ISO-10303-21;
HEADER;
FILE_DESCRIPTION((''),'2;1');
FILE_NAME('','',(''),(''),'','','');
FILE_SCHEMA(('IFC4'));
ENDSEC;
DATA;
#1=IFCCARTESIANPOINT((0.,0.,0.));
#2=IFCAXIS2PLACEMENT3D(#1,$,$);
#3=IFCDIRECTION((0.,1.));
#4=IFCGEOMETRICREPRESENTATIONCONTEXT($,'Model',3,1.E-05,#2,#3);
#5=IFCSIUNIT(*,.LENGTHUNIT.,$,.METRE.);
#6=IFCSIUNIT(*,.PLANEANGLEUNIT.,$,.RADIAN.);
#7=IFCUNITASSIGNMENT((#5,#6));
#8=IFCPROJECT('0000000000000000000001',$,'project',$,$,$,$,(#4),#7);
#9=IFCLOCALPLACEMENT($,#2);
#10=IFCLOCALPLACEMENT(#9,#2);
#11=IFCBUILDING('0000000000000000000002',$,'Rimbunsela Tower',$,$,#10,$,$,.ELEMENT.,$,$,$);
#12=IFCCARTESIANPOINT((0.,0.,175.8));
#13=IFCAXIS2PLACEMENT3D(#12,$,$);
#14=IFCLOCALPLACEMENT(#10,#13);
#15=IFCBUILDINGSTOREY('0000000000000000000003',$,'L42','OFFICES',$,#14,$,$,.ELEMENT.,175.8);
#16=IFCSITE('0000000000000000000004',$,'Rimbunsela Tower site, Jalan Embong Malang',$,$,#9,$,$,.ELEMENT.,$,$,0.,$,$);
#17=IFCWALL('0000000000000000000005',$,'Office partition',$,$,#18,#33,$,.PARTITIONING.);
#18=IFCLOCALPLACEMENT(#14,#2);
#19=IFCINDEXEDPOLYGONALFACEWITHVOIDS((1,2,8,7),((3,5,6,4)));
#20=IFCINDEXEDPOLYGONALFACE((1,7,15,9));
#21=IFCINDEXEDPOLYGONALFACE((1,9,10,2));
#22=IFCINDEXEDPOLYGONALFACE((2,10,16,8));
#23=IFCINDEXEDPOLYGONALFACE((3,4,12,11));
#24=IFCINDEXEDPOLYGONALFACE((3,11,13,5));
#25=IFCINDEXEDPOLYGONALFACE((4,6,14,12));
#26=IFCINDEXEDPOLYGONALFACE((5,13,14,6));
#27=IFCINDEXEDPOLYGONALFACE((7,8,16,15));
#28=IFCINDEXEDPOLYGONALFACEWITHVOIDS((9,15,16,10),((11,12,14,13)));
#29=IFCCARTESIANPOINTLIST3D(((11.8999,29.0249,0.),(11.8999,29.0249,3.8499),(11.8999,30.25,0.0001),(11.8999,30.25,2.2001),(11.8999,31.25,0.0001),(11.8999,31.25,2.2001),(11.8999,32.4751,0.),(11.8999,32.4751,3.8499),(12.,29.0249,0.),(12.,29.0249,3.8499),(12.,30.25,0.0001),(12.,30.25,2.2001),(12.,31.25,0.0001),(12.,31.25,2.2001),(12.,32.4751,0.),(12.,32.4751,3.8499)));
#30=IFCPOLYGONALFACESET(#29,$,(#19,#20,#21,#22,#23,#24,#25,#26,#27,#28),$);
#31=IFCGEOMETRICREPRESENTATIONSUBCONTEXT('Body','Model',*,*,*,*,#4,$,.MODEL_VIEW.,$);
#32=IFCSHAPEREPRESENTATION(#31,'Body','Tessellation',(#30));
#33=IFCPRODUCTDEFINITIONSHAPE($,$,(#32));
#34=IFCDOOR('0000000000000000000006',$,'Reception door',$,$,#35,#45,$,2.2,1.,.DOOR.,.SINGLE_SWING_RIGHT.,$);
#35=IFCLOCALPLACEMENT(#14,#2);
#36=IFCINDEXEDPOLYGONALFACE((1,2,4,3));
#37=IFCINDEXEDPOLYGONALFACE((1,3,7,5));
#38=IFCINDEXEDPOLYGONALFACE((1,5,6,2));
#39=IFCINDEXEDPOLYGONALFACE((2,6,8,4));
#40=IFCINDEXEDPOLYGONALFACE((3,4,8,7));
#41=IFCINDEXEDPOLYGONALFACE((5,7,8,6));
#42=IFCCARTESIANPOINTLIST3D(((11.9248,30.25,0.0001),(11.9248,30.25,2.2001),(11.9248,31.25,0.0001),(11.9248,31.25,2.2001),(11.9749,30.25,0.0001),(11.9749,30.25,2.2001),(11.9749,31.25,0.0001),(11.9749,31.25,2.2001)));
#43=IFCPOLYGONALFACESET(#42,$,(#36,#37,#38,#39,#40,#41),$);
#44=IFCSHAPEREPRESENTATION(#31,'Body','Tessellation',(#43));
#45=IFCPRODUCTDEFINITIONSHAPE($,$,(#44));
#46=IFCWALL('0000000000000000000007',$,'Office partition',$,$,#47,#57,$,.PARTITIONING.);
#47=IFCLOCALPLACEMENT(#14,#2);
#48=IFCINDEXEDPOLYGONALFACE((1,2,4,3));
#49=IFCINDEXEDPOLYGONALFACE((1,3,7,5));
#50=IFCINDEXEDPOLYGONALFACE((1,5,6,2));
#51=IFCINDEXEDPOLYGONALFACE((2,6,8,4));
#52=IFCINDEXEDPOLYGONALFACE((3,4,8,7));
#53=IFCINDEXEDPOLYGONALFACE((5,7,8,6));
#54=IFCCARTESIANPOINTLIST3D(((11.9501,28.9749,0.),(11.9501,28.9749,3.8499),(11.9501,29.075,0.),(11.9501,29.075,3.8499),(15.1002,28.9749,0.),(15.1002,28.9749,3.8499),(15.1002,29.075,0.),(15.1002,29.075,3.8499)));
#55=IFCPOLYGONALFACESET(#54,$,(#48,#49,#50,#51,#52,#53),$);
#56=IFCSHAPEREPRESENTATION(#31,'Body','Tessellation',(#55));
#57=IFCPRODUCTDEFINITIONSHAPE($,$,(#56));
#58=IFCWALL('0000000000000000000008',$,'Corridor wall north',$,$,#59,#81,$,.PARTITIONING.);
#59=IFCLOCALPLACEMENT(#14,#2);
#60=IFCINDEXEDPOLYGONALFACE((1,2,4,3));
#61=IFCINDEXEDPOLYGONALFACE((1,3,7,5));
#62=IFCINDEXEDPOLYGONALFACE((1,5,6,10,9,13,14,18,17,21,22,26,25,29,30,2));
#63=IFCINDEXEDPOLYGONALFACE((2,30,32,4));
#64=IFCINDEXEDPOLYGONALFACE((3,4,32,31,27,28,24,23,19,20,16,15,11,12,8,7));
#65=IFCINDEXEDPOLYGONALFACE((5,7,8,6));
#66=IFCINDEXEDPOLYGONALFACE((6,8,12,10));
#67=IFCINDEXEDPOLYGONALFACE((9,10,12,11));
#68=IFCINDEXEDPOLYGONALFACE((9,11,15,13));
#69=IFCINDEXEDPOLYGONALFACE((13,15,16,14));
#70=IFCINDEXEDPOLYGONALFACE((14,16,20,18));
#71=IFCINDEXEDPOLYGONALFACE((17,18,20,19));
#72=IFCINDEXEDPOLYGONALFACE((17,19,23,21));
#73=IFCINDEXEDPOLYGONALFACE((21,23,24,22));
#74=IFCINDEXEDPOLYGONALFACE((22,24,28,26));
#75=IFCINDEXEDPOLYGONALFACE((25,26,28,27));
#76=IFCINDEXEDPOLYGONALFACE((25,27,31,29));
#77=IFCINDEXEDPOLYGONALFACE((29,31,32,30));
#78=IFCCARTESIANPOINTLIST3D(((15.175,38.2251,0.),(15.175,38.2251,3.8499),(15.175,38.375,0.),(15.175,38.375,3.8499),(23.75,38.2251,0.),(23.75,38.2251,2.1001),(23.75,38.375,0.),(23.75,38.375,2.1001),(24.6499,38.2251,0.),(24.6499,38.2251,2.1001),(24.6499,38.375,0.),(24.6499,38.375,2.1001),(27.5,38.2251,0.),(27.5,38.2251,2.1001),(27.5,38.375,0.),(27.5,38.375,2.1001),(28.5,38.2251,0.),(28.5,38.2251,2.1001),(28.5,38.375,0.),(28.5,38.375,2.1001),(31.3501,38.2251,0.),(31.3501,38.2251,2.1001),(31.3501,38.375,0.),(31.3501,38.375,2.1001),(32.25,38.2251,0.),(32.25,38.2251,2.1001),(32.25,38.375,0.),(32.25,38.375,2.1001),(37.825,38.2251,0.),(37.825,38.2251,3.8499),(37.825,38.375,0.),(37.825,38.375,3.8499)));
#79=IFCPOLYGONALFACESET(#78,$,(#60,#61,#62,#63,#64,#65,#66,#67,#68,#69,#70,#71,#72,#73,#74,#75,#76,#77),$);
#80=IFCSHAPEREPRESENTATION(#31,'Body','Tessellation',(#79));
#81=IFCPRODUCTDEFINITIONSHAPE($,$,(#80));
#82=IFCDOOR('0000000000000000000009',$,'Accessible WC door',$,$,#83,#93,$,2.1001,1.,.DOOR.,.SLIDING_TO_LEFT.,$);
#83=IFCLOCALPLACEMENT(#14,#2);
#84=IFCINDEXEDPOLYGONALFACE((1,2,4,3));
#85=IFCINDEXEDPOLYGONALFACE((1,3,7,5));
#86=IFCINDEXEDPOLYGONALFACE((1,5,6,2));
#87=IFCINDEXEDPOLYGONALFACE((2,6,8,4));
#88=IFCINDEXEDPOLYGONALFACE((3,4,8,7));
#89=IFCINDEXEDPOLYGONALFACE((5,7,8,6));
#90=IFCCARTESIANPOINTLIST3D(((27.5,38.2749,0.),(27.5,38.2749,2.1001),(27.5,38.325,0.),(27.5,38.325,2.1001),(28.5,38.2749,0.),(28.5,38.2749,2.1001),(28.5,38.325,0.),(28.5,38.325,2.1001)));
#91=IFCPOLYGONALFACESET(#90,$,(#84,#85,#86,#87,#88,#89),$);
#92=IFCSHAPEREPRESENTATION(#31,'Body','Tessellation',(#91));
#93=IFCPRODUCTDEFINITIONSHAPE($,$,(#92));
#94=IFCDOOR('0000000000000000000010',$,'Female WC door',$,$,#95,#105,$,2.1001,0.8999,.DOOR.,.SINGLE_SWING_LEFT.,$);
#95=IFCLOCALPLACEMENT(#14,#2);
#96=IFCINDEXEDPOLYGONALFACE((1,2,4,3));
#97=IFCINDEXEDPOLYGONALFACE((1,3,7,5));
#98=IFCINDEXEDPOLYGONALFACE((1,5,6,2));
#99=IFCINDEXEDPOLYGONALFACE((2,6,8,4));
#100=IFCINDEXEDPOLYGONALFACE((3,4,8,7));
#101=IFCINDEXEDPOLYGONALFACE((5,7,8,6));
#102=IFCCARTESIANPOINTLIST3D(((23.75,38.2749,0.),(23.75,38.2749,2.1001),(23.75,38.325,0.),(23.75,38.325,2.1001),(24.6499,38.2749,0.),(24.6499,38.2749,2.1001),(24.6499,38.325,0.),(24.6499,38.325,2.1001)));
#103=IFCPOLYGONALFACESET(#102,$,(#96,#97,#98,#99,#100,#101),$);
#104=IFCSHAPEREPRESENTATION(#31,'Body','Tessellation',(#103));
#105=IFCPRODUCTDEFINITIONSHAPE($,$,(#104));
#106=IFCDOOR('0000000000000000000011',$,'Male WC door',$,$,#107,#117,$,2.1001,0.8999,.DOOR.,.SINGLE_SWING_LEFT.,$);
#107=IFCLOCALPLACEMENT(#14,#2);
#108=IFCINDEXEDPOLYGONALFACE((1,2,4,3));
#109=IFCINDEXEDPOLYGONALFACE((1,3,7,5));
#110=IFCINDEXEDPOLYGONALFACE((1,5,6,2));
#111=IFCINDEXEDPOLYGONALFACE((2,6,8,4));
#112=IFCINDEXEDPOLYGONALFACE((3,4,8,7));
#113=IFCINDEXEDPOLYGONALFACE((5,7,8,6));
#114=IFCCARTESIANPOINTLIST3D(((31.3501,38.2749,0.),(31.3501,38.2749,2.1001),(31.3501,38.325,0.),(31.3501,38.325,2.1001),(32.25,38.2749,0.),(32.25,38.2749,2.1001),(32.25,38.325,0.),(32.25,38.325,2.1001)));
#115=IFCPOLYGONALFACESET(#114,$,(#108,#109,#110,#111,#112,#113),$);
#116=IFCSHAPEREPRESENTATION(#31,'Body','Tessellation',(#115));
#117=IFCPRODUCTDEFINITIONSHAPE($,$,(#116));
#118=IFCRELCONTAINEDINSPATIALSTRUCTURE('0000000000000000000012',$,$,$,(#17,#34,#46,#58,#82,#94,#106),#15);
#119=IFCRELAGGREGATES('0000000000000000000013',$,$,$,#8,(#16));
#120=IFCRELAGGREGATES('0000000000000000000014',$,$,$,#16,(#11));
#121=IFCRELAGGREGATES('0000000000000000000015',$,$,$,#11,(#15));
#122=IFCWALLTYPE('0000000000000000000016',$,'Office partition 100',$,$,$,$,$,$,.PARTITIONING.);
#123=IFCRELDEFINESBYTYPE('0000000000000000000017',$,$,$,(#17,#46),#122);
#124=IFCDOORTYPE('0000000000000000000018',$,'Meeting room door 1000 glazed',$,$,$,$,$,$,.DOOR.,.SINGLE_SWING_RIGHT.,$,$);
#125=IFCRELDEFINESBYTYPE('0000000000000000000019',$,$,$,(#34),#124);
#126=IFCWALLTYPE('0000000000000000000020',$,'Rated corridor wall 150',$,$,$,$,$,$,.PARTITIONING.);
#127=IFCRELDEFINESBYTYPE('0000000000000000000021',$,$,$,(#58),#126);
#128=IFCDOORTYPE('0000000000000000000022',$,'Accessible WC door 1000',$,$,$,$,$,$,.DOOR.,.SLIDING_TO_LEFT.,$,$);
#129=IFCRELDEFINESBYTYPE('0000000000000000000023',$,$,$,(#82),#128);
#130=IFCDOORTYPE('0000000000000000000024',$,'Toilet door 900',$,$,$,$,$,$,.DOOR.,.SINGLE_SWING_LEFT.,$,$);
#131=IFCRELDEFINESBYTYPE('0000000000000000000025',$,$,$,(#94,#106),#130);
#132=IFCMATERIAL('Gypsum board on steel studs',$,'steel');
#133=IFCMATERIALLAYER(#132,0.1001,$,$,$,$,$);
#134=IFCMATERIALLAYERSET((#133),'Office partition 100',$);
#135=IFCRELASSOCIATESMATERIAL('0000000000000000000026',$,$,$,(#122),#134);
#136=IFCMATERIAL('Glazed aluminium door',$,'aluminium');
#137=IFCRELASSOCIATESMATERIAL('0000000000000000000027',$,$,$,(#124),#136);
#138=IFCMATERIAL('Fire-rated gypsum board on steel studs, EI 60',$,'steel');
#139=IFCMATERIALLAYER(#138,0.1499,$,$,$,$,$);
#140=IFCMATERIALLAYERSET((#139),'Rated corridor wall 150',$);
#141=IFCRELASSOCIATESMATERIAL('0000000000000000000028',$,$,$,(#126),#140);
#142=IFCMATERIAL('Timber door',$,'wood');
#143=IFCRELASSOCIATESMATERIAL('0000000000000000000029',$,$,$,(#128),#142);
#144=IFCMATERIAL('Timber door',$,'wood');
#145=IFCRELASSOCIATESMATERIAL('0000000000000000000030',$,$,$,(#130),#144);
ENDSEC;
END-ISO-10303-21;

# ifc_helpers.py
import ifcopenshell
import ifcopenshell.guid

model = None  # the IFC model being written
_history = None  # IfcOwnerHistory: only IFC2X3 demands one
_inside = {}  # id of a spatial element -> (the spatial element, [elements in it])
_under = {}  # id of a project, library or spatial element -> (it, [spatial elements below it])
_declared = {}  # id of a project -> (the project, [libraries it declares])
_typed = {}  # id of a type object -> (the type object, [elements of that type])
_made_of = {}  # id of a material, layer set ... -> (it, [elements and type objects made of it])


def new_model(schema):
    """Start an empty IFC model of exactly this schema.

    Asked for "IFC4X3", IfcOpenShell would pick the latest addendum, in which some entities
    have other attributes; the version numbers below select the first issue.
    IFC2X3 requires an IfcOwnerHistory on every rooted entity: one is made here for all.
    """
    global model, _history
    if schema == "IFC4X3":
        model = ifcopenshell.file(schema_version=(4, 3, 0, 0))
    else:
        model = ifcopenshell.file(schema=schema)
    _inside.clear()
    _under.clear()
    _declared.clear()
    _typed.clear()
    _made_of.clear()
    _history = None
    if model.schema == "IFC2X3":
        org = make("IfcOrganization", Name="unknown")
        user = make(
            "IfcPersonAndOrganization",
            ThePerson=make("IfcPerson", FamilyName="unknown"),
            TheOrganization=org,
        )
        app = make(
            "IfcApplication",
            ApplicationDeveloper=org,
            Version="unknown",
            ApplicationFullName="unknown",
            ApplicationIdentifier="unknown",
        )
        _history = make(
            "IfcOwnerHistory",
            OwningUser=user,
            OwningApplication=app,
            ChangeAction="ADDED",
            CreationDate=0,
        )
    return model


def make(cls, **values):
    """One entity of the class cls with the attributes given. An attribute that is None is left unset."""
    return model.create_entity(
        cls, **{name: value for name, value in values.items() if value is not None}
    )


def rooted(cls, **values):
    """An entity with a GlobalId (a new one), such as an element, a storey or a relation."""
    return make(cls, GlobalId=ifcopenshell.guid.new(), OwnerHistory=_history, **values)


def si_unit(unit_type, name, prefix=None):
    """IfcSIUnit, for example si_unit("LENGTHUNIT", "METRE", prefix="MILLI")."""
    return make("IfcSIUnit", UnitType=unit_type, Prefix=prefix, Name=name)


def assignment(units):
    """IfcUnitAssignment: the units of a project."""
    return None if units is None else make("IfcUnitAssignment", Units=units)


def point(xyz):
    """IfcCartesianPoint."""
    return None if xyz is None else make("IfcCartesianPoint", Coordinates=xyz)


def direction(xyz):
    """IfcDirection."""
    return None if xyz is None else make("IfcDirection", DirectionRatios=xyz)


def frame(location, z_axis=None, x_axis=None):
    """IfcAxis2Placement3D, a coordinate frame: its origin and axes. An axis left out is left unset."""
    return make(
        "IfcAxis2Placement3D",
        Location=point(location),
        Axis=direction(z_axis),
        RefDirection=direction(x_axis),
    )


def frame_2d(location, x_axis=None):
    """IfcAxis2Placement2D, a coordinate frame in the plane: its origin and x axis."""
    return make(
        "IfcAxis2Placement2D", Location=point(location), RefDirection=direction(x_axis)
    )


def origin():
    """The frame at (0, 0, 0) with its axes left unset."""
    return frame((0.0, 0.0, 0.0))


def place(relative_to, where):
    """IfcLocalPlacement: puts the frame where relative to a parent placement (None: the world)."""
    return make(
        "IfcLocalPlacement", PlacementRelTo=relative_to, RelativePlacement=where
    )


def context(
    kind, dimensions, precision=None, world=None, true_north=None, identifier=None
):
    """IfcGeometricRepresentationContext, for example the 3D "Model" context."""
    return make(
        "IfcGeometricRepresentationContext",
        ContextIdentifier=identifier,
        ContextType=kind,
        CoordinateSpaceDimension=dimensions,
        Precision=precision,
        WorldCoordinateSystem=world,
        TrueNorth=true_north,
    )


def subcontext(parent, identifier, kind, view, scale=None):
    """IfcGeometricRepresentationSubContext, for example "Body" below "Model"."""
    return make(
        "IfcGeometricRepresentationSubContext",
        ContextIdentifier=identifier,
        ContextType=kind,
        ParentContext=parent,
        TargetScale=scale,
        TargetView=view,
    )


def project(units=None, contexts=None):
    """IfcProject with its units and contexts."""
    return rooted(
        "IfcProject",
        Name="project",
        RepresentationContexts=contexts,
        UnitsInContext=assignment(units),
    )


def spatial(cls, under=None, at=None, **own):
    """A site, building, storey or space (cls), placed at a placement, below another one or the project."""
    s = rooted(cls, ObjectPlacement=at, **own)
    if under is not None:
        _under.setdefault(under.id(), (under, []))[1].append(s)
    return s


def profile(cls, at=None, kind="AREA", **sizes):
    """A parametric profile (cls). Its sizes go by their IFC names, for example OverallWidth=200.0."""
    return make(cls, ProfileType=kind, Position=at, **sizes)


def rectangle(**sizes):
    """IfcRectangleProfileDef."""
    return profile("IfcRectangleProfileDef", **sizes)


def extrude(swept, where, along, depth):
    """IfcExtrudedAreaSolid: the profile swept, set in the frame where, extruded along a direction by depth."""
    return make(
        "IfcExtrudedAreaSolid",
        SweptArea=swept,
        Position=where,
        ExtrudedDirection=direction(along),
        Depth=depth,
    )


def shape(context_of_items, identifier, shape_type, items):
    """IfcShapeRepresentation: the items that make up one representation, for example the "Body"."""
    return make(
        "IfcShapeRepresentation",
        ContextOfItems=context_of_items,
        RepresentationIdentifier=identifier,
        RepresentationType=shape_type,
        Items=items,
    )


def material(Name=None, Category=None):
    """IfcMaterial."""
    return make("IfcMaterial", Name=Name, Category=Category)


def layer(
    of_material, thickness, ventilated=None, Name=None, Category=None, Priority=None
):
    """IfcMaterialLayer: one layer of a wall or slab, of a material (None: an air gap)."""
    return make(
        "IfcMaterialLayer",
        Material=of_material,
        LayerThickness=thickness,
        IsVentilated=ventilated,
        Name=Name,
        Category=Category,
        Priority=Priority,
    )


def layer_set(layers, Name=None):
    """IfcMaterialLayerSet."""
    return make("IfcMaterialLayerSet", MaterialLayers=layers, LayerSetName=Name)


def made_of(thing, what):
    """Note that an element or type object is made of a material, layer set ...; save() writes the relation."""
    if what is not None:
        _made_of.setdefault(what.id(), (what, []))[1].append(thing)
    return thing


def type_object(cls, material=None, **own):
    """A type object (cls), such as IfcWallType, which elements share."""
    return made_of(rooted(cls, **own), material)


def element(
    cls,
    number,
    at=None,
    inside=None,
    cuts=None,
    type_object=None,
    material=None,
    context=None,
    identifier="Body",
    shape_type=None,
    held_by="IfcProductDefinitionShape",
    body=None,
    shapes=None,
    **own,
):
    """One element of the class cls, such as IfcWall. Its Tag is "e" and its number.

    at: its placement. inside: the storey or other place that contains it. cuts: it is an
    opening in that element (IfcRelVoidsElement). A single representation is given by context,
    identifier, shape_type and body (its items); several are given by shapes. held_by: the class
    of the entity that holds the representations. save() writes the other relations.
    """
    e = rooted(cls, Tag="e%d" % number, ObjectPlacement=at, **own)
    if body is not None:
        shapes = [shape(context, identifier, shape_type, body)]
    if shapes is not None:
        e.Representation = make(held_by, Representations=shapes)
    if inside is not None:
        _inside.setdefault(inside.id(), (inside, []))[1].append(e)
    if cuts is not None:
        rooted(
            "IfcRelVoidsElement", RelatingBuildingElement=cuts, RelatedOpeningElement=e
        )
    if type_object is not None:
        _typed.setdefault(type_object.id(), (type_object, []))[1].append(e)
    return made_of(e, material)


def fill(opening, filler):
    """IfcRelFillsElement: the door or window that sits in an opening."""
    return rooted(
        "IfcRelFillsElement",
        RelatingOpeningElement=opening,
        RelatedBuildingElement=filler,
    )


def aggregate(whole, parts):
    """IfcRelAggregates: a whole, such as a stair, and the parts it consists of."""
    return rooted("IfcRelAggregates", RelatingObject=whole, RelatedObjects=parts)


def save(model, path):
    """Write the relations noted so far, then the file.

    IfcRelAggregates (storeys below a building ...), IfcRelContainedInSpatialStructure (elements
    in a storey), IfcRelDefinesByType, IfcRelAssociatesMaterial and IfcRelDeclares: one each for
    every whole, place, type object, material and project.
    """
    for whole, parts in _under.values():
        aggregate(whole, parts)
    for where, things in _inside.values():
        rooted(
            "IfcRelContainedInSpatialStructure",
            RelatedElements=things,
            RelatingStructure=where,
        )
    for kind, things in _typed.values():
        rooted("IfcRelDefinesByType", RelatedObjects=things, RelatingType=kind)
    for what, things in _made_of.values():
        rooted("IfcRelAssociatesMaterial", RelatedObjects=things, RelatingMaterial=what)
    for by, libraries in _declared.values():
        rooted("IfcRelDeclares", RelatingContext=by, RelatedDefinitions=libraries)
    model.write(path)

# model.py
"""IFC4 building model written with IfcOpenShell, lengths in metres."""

from ifc_helpers import new_model, si_unit, direction, frame, frame_2d, origin, place, context, subcontext, project, spatial, rectangle, extrude, material, layer, layer_set, type_object, element, fill, save


model = new_model("IFC4")

# Units and contexts
model_context = context("Model", 3, precision=1e-05, world=origin(), true_north=direction((0.0, 1.0)))
body_context = subcontext(model_context, "Body", "Model", "MODEL_VIEW")
ifc_project = project(units=[si_unit("LENGTHUNIT", "METRE"), si_unit("PLANEANGLEUNIT", "RADIAN")], contexts=[model_context])

# Site, building, storey
site_placement = place(None, origin())
site = spatial("IfcSite", under=ifc_project, at=site_placement, Name="Rimbunsela Tower site, Jalan Embong Malang", CompositionType="ELEMENT", RefElevation=0.0)
building_placement = place(site_placement, origin())
building = spatial("IfcBuilding", under=site, at=building_placement, Name="Rimbunsela Tower", CompositionType="ELEMENT")
storey_placement = place(building_placement, frame((0.0, 0.0, 175.8)))
storey = spatial("IfcBuildingStorey", under=building, at=storey_placement, Name="L42", Description="OFFICES", CompositionType="ELEMENT", Elevation=175.8)

# Shared definitions
ifc_material_1 = material(Name="Gypsum board on steel studs", Category="steel")
ifc_layer_1 = layer(ifc_material_1, 0.1001)
ifc_layer_set_1 = layer_set([ifc_layer_1], Name="Office partition 100")
wall_type_1 = type_object("IfcWallType", Name="Office partition 100", PredefinedType="PARTITIONING", material=ifc_layer_set_1)

# Shared definitions
ifc_material_2 = material(Name="Glazed aluminium door", Category="aluminium")
door_type_1 = type_object("IfcDoorType", Name="Meeting room door 1000 glazed", OperationType="SINGLE_SWING_RIGHT", PredefinedType="DOOR", material=ifc_material_2)

# Wall, opening, door
wall_1_placement = place(storey_placement, frame((11.95, 32.4751, 0.0), z_axis=(0.0, 0.0, 1.0), x_axis=(0.0, -1.0, 0.0)))
wall_1 = element("IfcWall", 1, at=wall_1_placement, inside=storey, type_object=wall_type_1, Name="Office partition", PredefinedType="PARTITIONING", context=body_context, shape_type="SweptSolid", body=[
    extrude(rectangle(XDim=3.4502, YDim=0.1001, at=frame_2d((1.7251, 0.0))), origin(), (0.0, 0.0, 1.0), 3.8499),
])
opening_1_placement = place(wall_1_placement, frame((1.2251, 0.0, 0.0)))
opening_1 = element("IfcOpeningElement", 2, at=opening_1_placement, cuts=wall_1, PredefinedType="OPENING", context=body_context, shape_type="SweptSolid", body=[
    extrude(rectangle(XDim=1.0, YDim=2.2, at=frame_2d((0.5, 1.1001))), frame((0.0, 0.0601, 0.0), z_axis=(0.0, -1.0, 0.0), x_axis=(1.0, 0.0, 0.0)), (0.0, 0.0, 1.0), 0.1201),
])
door_1_placement = place(opening_1_placement, origin())
door_1 = element("IfcDoor", 3, at=door_1_placement, inside=storey, type_object=door_type_1, Name="Reception door", OperationType="SINGLE_SWING_RIGHT", OverallHeight=2.2, OverallWidth=1.0, PredefinedType="DOOR", context=body_context, shape_type="SweptSolid", body=[
    extrude(rectangle(XDim=1.0, YDim=2.2, at=frame_2d((0.5, 1.1001))), frame((0.0, 0.0249, 0.0), z_axis=(0.0, -1.0, 0.0), x_axis=(1.0, 0.0, 0.0)), (0.0, 0.0, 1.0), 0.05),
])
fill(opening_1, door_1)

# Wall
wall_2_placement = place(storey_placement, frame((11.95, 29.0249, 0.0), z_axis=(0.0, 0.0, 1.0), x_axis=(1.0, 0.0, 0.0)))
element("IfcWall", 4, at=wall_2_placement, inside=storey, type_object=wall_type_1, Name="Office partition", PredefinedType="PARTITIONING", context=body_context, shape_type="SweptSolid", body=[
    extrude(rectangle(XDim=3.1501, YDim=0.1001, at=frame_2d((1.5752, 0.0))), origin(), (0.0, 0.0, 1.0), 3.8499),
])

# Wall, openings, doors
ifc_material_3 = material(Name="Fire-rated gypsum board on steel studs, EI 60", Category="steel")
ifc_layer_2 = layer(ifc_material_3, 0.1499)
ifc_layer_set_2 = layer_set([ifc_layer_2], Name="Rated corridor wall 150")
wall_type_2 = type_object("IfcWallType", Name="Rated corridor wall 150", PredefinedType="PARTITIONING", material=ifc_layer_set_2)
wall_3_placement = place(storey_placement, frame((15.175, 38.3, 0.0), z_axis=(0.0, 0.0, 1.0), x_axis=(1.0, 0.0, 0.0)))
wall_3 = element("IfcWall", 5, at=wall_3_placement, inside=storey, type_object=wall_type_2, Name="Corridor wall north", PredefinedType="PARTITIONING", context=body_context, shape_type="SweptSolid", body=[
    extrude(rectangle(XDim=22.6499, YDim=0.1499, at=frame_2d((11.325, 0.0))), origin(), (0.0, 0.0, 1.0), 3.8499),
])
opening_2_placement = place(wall_3_placement, frame((8.575, 0.0, 0.0)))
opening_2 = element("IfcOpeningElement", 6, at=opening_2_placement, cuts=wall_3, PredefinedType="OPENING", context=body_context, shape_type="SweptSolid", body=[
    extrude(rectangle(XDim=0.8999, YDim=2.1001, at=frame_2d((0.45, 1.05))), frame((0.0, 0.085, 0.0), z_axis=(0.0, -1.0, 0.0), x_axis=(1.0, 0.0, 0.0)), (0.0, 0.0, 1.0), 0.1699),
])
opening_3_placement = place(wall_3_placement, frame((12.325, 0.0, 0.0)))
opening_3 = element("IfcOpeningElement", 7, at=opening_3_placement, cuts=wall_3, PredefinedType="OPENING", context=body_context, shape_type="SweptSolid", body=[
    extrude(rectangle(XDim=1.0, YDim=2.1001, at=frame_2d((0.5, 1.05))), frame((0.0, 0.085, 0.0), z_axis=(0.0, -1.0, 0.0), x_axis=(1.0, 0.0, 0.0)), (0.0, 0.0, 1.0), 0.1699),
])
opening_4_placement = place(wall_3_placement, frame((16.175, 0.0, 0.0)))
opening_4 = element("IfcOpeningElement", 8, at=opening_4_placement, cuts=wall_3, PredefinedType="OPENING", context=body_context, shape_type="SweptSolid", body=[
    extrude(rectangle(XDim=0.8999, YDim=2.1001, at=frame_2d((0.45, 1.05))), frame((0.0, 0.085, 0.0), z_axis=(0.0, -1.0, 0.0), x_axis=(1.0, 0.0, 0.0)), (0.0, 0.0, 1.0), 0.1699),
])
ifc_material_4 = material(Name="Timber door", Category="wood")
door_type_2 = type_object("IfcDoorType", Name="Accessible WC door 1000", OperationType="SLIDING_TO_LEFT", PredefinedType="DOOR", material=ifc_material_4)
door_2_placement = place(opening_3_placement, origin())
door_2 = element("IfcDoor", 9, at=door_2_placement, inside=storey, type_object=door_type_2, Name="Accessible WC door", OperationType="SLIDING_TO_LEFT", OverallHeight=2.1001, OverallWidth=1.0, PredefinedType="DOOR", context=body_context, shape_type="SweptSolid", body=[
    extrude(rectangle(XDim=1.0, YDim=2.1001, at=frame_2d((0.5, 1.05))), frame((0.0, 0.0249, 0.0), z_axis=(0.0, -1.0, 0.0), x_axis=(1.0, 0.0, 0.0)), (0.0, 0.0, 1.0), 0.05),
])
fill(opening_3, door_2)
ifc_material_5 = material(Name="Timber door", Category="wood")
door_type_3 = type_object("IfcDoorType", Name="Toilet door 900", OperationType="SINGLE_SWING_LEFT", PredefinedType="DOOR", material=ifc_material_5)
door_3_placement = place(opening_2_placement, origin())
door_3 = element("IfcDoor", 10, at=door_3_placement, inside=storey, type_object=door_type_3, Name="Female WC door", OperationType="SINGLE_SWING_LEFT", OverallHeight=2.1001, OverallWidth=0.8999, PredefinedType="DOOR", context=body_context, shape_type="SweptSolid", body=[
    extrude(rectangle(XDim=0.8999, YDim=2.1001, at=frame_2d((0.45, 1.05))), frame((0.0, 0.0249, 0.0), z_axis=(0.0, -1.0, 0.0), x_axis=(1.0, 0.0, 0.0)), (0.0, 0.0, 1.0), 0.05),
])
fill(opening_2, door_3)
door_4_placement = place(opening_4_placement, origin())
door_4 = element("IfcDoor", 11, at=door_4_placement, inside=storey, type_object=door_type_3, Name="Male WC door", OperationType="SINGLE_SWING_LEFT", OverallHeight=2.1001, OverallWidth=0.8999, PredefinedType="DOOR", context=body_context, shape_type="SweptSolid", body=[
    extrude(rectangle(XDim=0.8999, YDim=2.1001, at=frame_2d((0.45, 1.05))), frame((0.0, 0.0249, 0.0), z_axis=(0.0, -1.0, 0.0), x_axis=(1.0, 0.0, 0.0)), (0.0, 0.0, 1.0), 0.05),
])
fill(opening_4, door_4)

save(model, "model.ifc")
